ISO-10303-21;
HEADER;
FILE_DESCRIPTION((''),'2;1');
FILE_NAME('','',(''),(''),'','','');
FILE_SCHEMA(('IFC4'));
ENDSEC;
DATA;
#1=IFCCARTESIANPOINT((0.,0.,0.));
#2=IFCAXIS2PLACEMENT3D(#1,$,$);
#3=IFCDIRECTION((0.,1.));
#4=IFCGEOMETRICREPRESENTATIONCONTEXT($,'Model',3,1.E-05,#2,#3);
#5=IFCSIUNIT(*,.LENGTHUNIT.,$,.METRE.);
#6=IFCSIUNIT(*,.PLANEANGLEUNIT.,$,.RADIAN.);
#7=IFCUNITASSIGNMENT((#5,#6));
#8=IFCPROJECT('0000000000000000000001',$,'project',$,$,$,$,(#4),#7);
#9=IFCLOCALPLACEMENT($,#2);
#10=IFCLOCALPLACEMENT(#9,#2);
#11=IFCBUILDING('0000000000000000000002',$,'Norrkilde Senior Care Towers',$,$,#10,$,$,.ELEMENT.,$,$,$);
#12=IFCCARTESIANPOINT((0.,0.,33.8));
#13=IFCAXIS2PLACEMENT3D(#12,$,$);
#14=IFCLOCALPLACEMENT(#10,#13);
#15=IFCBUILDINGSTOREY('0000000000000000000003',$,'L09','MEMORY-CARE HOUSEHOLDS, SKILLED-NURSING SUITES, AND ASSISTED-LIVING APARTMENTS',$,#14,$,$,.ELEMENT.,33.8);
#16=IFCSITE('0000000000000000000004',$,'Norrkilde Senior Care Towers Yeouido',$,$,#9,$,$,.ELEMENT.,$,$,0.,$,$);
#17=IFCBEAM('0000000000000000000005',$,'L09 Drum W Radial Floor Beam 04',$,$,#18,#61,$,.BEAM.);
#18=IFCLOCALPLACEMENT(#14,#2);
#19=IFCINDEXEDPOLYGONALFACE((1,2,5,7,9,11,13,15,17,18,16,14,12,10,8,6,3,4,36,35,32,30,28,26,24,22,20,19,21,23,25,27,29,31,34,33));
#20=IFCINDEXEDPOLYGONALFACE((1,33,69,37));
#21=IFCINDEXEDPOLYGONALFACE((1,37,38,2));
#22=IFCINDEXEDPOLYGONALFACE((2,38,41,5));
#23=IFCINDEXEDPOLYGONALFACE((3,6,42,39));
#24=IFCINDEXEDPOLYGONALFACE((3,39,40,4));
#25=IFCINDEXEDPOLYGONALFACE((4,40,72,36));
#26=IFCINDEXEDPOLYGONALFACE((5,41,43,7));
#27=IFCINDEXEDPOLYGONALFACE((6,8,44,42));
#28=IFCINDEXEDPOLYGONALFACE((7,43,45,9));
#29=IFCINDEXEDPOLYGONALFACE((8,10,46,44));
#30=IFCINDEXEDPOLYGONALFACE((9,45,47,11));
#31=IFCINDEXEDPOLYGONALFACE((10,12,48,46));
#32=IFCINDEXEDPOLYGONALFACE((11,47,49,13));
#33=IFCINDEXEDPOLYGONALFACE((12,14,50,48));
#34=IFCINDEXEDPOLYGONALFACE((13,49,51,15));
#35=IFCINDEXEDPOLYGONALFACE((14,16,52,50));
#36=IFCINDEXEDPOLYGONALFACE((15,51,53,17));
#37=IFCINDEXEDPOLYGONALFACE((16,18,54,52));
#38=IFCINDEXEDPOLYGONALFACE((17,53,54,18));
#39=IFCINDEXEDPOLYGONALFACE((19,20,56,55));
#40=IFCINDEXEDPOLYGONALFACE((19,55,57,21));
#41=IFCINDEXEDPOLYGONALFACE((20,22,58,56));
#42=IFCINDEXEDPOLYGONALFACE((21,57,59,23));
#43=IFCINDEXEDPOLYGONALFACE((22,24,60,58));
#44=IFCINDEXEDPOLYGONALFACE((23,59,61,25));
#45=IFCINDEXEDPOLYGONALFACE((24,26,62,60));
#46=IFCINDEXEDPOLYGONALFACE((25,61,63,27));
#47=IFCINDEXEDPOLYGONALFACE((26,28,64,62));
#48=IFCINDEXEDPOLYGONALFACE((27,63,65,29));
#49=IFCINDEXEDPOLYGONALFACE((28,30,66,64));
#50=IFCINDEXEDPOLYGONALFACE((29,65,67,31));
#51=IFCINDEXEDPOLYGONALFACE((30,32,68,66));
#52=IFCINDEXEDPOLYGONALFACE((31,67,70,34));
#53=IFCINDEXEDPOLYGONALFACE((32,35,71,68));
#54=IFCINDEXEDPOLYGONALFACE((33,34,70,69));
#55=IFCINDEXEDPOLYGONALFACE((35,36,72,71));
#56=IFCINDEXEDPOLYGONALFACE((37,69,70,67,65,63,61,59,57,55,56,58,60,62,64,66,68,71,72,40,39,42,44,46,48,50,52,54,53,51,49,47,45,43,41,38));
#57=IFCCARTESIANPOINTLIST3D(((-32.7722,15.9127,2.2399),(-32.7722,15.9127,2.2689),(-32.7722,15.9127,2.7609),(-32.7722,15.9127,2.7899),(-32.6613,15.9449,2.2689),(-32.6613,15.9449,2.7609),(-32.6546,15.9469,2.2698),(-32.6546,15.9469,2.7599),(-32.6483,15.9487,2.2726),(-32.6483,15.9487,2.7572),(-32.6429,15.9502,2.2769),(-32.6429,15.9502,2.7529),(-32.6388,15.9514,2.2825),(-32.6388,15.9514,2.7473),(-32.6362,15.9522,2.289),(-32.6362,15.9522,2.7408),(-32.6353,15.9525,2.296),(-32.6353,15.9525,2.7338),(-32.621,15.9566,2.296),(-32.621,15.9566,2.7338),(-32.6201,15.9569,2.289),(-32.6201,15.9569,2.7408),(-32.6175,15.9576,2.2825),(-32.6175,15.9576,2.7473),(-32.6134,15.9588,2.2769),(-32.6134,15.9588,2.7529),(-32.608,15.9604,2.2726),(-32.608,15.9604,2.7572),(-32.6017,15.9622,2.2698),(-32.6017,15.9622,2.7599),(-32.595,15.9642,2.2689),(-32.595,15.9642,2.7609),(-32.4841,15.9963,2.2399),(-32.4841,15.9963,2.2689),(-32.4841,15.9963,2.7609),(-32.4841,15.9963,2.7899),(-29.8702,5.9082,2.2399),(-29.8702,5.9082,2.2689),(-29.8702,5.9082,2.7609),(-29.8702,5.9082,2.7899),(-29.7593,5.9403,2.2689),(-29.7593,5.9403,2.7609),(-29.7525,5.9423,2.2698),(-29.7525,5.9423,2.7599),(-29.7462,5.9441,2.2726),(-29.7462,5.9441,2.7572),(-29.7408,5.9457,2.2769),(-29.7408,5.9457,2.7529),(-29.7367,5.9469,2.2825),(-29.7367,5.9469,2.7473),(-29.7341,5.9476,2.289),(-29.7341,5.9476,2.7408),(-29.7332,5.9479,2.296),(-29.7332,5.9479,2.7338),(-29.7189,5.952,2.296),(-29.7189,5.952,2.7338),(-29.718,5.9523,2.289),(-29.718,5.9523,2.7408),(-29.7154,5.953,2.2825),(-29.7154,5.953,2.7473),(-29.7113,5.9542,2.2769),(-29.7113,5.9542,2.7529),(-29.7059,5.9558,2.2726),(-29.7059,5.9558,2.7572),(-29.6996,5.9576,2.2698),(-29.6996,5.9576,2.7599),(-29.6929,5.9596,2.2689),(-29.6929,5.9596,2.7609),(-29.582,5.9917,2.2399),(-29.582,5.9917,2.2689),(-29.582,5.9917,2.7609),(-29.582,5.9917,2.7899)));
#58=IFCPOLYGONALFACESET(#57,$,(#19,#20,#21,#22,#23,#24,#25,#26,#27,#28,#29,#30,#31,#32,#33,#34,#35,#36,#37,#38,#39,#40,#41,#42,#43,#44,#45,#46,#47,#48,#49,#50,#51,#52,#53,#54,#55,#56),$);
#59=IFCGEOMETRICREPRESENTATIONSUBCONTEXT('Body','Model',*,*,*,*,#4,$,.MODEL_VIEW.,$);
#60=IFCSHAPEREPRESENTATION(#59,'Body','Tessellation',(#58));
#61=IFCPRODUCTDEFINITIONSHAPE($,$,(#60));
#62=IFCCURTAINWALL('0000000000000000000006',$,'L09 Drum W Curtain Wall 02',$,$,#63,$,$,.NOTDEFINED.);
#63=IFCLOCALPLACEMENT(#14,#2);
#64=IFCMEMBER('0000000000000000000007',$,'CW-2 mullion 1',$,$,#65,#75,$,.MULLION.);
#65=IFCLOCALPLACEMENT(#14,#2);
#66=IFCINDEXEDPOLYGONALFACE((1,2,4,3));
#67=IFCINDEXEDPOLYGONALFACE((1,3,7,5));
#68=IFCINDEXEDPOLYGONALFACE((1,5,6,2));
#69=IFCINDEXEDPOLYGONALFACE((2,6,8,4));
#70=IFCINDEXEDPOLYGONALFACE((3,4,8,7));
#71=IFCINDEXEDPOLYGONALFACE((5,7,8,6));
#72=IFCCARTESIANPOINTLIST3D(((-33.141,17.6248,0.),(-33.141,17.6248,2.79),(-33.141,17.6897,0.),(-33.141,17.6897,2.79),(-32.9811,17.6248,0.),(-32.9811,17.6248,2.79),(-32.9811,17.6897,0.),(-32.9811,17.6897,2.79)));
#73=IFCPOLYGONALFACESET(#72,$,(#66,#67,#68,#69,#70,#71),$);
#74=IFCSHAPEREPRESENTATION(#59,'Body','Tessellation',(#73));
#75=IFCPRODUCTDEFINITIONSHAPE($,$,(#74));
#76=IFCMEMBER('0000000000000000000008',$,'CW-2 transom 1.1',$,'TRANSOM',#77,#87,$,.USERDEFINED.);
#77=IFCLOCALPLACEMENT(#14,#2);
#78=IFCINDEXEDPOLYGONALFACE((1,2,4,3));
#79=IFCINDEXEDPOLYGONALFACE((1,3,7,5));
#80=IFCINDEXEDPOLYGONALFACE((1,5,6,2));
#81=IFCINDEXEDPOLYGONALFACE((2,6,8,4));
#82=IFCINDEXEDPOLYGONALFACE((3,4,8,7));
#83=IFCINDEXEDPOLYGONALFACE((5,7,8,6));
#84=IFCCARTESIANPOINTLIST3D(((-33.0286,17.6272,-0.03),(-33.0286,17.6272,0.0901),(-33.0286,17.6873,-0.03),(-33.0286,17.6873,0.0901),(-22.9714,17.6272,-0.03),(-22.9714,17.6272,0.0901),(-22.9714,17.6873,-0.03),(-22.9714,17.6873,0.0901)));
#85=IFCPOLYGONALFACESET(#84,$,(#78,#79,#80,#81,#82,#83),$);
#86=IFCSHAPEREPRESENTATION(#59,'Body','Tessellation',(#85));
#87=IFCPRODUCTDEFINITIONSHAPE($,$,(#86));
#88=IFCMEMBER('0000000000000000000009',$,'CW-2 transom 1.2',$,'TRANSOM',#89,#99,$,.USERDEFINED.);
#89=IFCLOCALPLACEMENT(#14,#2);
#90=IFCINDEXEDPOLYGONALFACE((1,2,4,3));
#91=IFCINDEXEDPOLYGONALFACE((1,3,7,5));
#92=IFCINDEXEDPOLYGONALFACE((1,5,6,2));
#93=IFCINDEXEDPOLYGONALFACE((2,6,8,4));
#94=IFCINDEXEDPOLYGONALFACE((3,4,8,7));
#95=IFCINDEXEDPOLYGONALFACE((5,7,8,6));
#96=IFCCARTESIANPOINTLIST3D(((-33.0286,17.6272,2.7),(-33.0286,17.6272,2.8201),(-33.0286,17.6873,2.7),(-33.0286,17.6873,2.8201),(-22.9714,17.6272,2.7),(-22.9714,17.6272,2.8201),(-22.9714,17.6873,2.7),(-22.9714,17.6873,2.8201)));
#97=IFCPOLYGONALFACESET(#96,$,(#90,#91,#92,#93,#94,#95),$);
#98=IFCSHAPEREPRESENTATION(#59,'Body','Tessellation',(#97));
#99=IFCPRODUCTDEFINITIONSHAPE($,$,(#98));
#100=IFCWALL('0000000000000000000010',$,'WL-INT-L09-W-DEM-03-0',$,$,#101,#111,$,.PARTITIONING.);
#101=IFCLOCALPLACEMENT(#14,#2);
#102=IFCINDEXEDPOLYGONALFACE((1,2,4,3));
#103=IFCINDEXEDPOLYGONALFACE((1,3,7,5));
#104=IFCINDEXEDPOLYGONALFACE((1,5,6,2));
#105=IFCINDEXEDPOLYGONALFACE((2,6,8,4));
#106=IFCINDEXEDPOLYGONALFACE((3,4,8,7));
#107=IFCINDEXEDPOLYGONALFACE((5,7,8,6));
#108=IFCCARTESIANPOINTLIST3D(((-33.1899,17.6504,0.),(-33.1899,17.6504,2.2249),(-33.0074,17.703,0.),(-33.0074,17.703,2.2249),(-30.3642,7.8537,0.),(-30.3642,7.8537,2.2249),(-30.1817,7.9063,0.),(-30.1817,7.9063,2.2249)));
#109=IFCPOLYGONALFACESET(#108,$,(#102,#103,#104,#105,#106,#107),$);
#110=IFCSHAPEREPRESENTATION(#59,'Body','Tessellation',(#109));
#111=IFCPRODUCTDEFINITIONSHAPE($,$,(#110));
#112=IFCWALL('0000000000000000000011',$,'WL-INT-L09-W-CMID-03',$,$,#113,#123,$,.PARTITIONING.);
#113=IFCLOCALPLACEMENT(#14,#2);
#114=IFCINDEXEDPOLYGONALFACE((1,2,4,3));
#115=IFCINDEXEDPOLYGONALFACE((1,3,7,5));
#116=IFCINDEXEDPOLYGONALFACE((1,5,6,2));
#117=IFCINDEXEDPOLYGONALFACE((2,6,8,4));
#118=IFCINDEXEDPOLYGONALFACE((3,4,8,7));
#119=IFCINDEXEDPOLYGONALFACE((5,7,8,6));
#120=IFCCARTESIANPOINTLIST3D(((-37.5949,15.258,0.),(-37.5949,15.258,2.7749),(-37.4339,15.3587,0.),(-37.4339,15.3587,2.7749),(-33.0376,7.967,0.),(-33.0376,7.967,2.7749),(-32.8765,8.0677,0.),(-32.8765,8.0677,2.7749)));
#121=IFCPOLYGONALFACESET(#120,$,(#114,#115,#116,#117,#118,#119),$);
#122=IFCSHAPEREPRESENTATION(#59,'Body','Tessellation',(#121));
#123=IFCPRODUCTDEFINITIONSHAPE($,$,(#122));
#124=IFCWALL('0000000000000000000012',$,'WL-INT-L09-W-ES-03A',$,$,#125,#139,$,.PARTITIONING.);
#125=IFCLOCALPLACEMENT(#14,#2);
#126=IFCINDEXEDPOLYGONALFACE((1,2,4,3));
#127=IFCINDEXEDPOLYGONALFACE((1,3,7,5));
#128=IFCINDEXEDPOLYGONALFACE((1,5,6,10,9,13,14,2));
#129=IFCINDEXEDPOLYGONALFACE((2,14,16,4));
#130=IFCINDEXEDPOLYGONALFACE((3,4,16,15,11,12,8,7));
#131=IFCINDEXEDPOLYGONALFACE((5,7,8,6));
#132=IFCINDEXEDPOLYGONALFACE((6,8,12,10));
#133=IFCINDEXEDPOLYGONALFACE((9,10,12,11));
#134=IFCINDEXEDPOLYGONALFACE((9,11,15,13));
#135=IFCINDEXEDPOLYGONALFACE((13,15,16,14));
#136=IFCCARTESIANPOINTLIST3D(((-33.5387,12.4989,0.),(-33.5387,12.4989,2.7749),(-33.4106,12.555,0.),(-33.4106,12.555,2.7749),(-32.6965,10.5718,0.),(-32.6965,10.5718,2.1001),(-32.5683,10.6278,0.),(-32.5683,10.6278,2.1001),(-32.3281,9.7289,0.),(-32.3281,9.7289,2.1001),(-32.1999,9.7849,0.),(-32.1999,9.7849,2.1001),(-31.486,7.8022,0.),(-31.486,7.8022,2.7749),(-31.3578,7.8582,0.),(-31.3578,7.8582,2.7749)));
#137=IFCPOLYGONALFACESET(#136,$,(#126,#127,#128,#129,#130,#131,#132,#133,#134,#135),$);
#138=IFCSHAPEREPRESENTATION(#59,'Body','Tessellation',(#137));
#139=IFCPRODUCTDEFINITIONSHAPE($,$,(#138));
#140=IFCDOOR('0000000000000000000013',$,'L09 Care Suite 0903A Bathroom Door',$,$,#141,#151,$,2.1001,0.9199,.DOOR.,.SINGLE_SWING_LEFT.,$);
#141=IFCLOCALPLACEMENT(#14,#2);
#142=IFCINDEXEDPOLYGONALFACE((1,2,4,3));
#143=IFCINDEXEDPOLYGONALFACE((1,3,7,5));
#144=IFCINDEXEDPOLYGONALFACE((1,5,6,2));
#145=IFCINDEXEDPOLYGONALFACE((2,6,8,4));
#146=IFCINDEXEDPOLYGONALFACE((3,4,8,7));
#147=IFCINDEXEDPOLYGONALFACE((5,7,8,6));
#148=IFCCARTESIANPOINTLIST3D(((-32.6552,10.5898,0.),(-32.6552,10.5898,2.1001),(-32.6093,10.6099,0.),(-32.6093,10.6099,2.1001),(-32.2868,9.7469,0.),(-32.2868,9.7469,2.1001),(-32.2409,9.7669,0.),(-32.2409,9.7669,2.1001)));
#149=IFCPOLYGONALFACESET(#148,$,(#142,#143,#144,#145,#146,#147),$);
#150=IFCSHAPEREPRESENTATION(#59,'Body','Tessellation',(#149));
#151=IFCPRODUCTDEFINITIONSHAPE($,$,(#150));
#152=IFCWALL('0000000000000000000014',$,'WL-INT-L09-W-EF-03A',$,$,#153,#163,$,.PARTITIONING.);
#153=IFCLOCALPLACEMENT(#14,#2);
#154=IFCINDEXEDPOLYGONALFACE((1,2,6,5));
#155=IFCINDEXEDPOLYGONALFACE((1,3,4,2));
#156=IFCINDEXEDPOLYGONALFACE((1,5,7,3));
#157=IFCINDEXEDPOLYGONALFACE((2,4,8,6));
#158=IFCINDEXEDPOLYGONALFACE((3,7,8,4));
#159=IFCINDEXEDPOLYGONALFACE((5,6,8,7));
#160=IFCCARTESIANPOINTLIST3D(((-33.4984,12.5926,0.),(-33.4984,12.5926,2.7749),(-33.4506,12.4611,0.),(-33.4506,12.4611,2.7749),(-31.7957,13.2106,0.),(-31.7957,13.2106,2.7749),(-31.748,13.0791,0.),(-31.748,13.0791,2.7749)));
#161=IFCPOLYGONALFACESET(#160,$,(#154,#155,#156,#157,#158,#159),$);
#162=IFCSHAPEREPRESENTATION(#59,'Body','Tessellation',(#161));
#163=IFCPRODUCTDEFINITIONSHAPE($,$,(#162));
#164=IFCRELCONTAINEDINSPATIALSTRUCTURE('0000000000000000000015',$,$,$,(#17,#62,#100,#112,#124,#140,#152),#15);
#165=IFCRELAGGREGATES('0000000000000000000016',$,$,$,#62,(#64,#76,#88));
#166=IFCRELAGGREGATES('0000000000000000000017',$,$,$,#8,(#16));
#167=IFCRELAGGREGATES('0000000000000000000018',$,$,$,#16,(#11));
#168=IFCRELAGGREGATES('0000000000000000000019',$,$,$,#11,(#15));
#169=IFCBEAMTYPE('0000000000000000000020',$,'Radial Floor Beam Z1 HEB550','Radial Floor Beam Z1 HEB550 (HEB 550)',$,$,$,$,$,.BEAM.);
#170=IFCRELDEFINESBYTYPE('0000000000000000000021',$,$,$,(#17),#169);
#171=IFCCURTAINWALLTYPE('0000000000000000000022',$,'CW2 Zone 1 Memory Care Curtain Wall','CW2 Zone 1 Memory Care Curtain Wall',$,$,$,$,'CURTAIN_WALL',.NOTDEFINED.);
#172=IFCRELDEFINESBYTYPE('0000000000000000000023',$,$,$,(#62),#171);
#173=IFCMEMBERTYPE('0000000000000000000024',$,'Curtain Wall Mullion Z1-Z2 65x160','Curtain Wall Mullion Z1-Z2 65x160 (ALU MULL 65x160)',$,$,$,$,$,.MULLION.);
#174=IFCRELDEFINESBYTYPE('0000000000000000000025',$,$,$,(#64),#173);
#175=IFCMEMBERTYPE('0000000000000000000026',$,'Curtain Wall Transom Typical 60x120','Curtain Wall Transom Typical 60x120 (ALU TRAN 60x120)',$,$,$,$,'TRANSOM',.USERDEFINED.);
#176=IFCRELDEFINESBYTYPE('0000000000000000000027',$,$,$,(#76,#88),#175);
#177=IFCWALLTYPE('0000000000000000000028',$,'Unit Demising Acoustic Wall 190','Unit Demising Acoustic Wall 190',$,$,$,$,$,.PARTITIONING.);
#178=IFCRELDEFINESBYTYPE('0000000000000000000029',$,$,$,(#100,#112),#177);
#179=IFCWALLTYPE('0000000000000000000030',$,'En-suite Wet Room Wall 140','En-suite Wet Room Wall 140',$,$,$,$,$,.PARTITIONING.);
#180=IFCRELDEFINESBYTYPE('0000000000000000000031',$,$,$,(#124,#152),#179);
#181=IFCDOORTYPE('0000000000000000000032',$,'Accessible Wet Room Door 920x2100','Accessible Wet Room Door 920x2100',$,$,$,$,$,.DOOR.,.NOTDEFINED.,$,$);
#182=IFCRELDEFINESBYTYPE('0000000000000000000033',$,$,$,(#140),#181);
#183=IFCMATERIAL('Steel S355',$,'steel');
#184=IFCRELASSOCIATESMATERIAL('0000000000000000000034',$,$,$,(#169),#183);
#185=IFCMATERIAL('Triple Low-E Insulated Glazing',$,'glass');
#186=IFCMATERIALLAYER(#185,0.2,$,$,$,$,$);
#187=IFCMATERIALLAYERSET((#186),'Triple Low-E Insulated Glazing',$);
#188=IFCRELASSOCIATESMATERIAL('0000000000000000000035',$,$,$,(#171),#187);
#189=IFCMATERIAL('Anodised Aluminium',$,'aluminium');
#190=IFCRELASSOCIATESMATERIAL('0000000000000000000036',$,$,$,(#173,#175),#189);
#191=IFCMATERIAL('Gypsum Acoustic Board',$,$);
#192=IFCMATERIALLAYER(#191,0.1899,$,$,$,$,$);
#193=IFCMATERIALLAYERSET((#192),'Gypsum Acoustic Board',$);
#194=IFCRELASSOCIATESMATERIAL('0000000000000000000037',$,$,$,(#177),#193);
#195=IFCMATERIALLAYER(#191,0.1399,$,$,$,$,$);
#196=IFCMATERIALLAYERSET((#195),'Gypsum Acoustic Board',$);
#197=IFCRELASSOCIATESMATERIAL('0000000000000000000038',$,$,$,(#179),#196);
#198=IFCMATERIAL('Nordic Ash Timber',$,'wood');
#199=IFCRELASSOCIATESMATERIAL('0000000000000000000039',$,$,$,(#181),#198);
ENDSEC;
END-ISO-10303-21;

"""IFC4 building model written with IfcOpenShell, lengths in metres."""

from ifc_helpers import new_model, si_unit, direction, frame, frame_2d, origin, origin_2d, place, context, subcontext, project, spatial, rectangle, i_section, extrude, source, transform, mapped, material, layer, layer_set, material_profile, profile_set, type_object, type_shapes, element, fill, aggregate, save


model = new_model("IFC4")

# Units and contexts
model_context = context("Model", 3, precision=1e-05, world=origin(), true_north=direction((0.0, 1.0)))
body_context = subcontext(model_context, "Body", "Model", "MODEL_VIEW")
ifc_project = project(units=[si_unit("LENGTHUNIT", "METRE"), si_unit("PLANEANGLEUNIT", "RADIAN")], contexts=[model_context])

# Site, building, storey
site_placement = place(None, origin())
site = spatial("IfcSite", under=ifc_project, at=site_placement, Name="Norrkilde Senior Care Towers Yeouido", CompositionType="ELEMENT", RefElevation=0.0)
building_placement = place(site_placement, origin())
building = spatial("IfcBuilding", under=site, at=building_placement, Name="Norrkilde Senior Care Towers", CompositionType="ELEMENT")
storey_placement = place(building_placement, frame((0.0, 0.0, 33.8)))
storey = spatial("IfcBuildingStorey", under=building, at=storey_placement, Name="L09", Description="MEMORY-CARE HOUSEHOLDS, SKILLED-NURSING SUITES, AND ASSISTED-LIVING APARTMENTS", CompositionType="ELEMENT", Elevation=33.8)

# Beam
ifc_material_1 = material(Name="Steel S355", Category="steel")
ifc_material_profile_1 = material_profile(ifc_material_1, i_section(OverallWidth=0.3, OverallDepth=0.55, WebThickness=0.0149, FlangeThickness=0.0291, FilletRadius=0.0271, at=origin_2d()), Name="HEB 550")
ifc_profile_set_1 = profile_set([ifc_material_profile_1], Name="Steel S355")
beam_type_1 = type_object("IfcBeamType", Name="Radial Floor Beam Z1 HEB550", Description="Radial Floor Beam Z1 HEB550 (HEB 550)", PredefinedType="BEAM", material=ifc_profile_set_1)
shared_shape_1 = source(origin(), body_context, "Body", "SweptSolid", [
    extrude(i_section(OverallWidth=0.3, OverallDepth=0.55, WebThickness=0.0149, FlangeThickness=0.0291, FilletRadius=0.0271, at=origin_2d()), origin(), (0.0, 0.0, 1.0), 10.417),
])
beam_1_placement = place(storey_placement, frame((-29.7261, 5.95, 2.5149), z_axis=(-0.278591, 0.96041, 0.0), x_axis=(-0.96041, -0.278591, 0.0)))
element("IfcBeam", 1, at=beam_1_placement, inside=storey, type_object=beam_type_1, Name="L09 Drum W Radial Floor Beam 04", PredefinedType="BEAM", context=body_context, shape_type="MappedRepresentation", body=[
    mapped(shared_shape_1, transform((0.0, 0.0, 0.0), x_axis=(1.0, 0.0, 0.0), y_axis=(0.0, 1.0, 0.0), z_axis=(0.0, 0.0, 1.0), scale=1.0)),
])

# Curtain wall, members
ifc_material_2 = material(Name="Triple Low-E Insulated Glazing", Category="glass")
ifc_layer_1 = layer(ifc_material_2, 0.2)
ifc_layer_set_1 = layer_set([ifc_layer_1], Name="Triple Low-E Insulated Glazing")
curtain_wall_type = type_object("IfcCurtainWallType", Name="CW2 Zone 1 Memory Care Curtain Wall", Description="CW2 Zone 1 Memory Care Curtain Wall", ElementType="CURTAIN_WALL", PredefinedType="NOTDEFINED", material=ifc_layer_set_1)
curtain_wall_placement = place(storey_placement, origin())
curtain_wall = element("IfcCurtainWall", 2, at=curtain_wall_placement, inside=storey, type_object=curtain_wall_type, Name="L09 Drum W Curtain Wall 02", PredefinedType="NOTDEFINED")
ifc_material_3 = material(Name="Anodised Aluminium", Category="aluminium")
ifc_material_profile_2 = material_profile(ifc_material_3, rectangle(XDim=0.0649, YDim=0.1599, at=origin_2d()), Name="ALU MULL 65x160")
ifc_profile_set_2 = profile_set([ifc_material_profile_2], Name="Anodised Aluminium")
member_type_1 = type_object("IfcMemberType", Name="Curtain Wall Mullion Z1-Z2 65x160", Description="Curtain Wall Mullion Z1-Z2 65x160 (ALU MULL 65x160)", PredefinedType="MULLION", material=ifc_profile_set_2)
shared_shape_2 = source(origin(), body_context, "Body", "SweptSolid", [
    extrude(rectangle(XDim=0.0649, YDim=0.1599, at=origin_2d()), origin(), (0.0, 0.0, 1.0), 2.79),
])
type_shapes(member_type_1, [shared_shape_2])
member_1_placement = place(storey_placement, frame((-33.061, 17.6572, 0.0), z_axis=(0.0, 0.0, 1.0), x_axis=(0.0, 1.0, 0.0)))
member_1 = element("IfcMember", 3, at=member_1_placement, type_object=member_type_1, Name="CW-2 mullion 1", PredefinedType="MULLION", context=body_context, shape_type="MappedRepresentation", body=[
    mapped(shared_shape_2, transform((0.0, 0.0, 0.0), x_axis=(1.0, 0.0, 0.0), y_axis=(0.0, 1.0, 0.0), z_axis=(0.0, 0.0, 1.0), scale=1.0)),
])
ifc_material_profile_3 = material_profile(ifc_material_3, rectangle(XDim=0.0601, YDim=0.1201, at=origin_2d()), Name="ALU TRAN 60x120")
ifc_profile_set_3 = profile_set([ifc_material_profile_3], Name="Anodised Aluminium")
member_type_2 = type_object("IfcMemberType", Name="Curtain Wall Transom Typical 60x120", Description="Curtain Wall Transom Typical 60x120 (ALU TRAN 60x120)", ElementType="TRANSOM", PredefinedType="USERDEFINED", material=ifc_profile_set_3)
shared_shape_3 = source(origin(), body_context, "Body", "SweptSolid", [
    extrude(rectangle(XDim=0.0601, YDim=0.1201, at=origin_2d()), origin(), (0.0, 0.0, 1.0), 10.0571),
])
type_shapes(member_type_2, [shared_shape_3])
member_2_placement = place(storey_placement, frame((-33.0286, 17.6572, 0.03), z_axis=(1.0, 0.0, 0.0), x_axis=(0.0, 1.0, 0.0)))
member_2 = element("IfcMember", 4, at=member_2_placement, type_object=member_type_2, Name="CW-2 transom 1.1", ObjectType="TRANSOM", PredefinedType="USERDEFINED", context=body_context, shape_type="MappedRepresentation", body=[
    mapped(shared_shape_3, transform((0.0, 0.0, 0.0), x_axis=(1.0, 0.0, 0.0), y_axis=(0.0, 1.0, 0.0), z_axis=(0.0, 0.0, 1.0), scale=1.0)),
])
member_3_placement = place(storey_placement, frame((-33.0286, 17.6572, 2.76), z_axis=(1.0, 0.0, 0.0), x_axis=(0.0, 1.0, 0.0)))
member_3 = element("IfcMember", 5, at=member_3_placement, type_object=member_type_2, Name="CW-2 transom 1.2", ObjectType="TRANSOM", PredefinedType="USERDEFINED", context=body_context, shape_type="MappedRepresentation", body=[
    mapped(shared_shape_3, transform((0.0, 0.0, 0.0), x_axis=(1.0, 0.0, 0.0), y_axis=(0.0, 1.0, 0.0), z_axis=(0.0, 0.0, 1.0), scale=1.0)),
])
aggregate(curtain_wall, [member_1, member_2, member_3])

# Walls
ifc_material_4 = material(Name="Gypsum Acoustic Board")
ifc_layer_2 = layer(ifc_material_4, 0.1899)
ifc_layer_set_2 = layer_set([ifc_layer_2], Name="Gypsum Acoustic Board")
wall_type_1 = type_object("IfcWallType", Name="Unit Demising Acoustic Wall 190", Description="Unit Demising Acoustic Wall 190", PredefinedType="PARTITIONING", material=ifc_layer_set_2)
shared_shape_4 = source(origin(), body_context, "Body", "SweptSolid", [
    extrude(rectangle(XDim=10.196, YDim=0.1899, at=frame_2d((5.0981, 0.0))), origin(), (0.0, 0.0, 1.0), 2.2249),
])
wall_1_placement = place(storey_placement, frame((-30.2729, 7.8799, 0.0), z_axis=(0.0, 0.0, 1.0), x_axis=(-0.277136, 0.960831, 0.0)))
element("IfcWall", 6, at=wall_1_placement, inside=storey, type_object=wall_type_1, Name="WL-INT-L09-W-DEM-03-0", PredefinedType="PARTITIONING", context=body_context, shape_type="MappedRepresentation", body=[
    mapped(shared_shape_4, transform((0.0, 0.0, 0.0), x_axis=(1.0, 0.0, 0.0), y_axis=(0.0, 1.0, 0.0), z_axis=(0.0, 0.0, 1.0), scale=1.0)),
])
shared_shape_5 = source(origin(), body_context, "Body", "SweptSolid", [
    extrude(rectangle(XDim=8.5981, YDim=0.1899, at=frame_2d((4.2991, 0.0))), origin(), (0.0, 0.0, 1.0), 2.7749),
])
type_shapes(wall_type_1, [shared_shape_4, shared_shape_5])
wall_2_placement = place(storey_placement, frame((-32.957, 8.0173, 0.0), z_axis=(0.0, 0.0, 1.0), x_axis=(-0.53004, 0.847973, 0.0)))
element("IfcWall", 7, at=wall_2_placement, inside=storey, type_object=wall_type_1, Name="WL-INT-L09-W-CMID-03", PredefinedType="PARTITIONING", context=body_context, shape_type="MappedRepresentation", body=[
    mapped(shared_shape_5, transform((0.0, 0.0, 0.0), x_axis=(1.0, 0.0, 0.0), y_axis=(0.0, 1.0, 0.0), z_axis=(0.0, 0.0, 1.0), scale=1.0)),
])

# Wall, opening, door
ifc_layer_3 = layer(ifc_material_4, 0.1399)
ifc_layer_set_3 = layer_set([ifc_layer_3], Name="Gypsum Acoustic Board")
wall_type_2 = type_object("IfcWallType", Name="En-suite Wet Room Wall 140", Description="En-suite Wet Room Wall 140", PredefinedType="PARTITIONING", material=ifc_layer_set_3)
shared_shape_6 = source(origin(), body_context, "Body", "SweptSolid", [
    extrude(rectangle(XDim=5.1257, YDim=0.1399, at=frame_2d((2.563, 0.0))), origin(), (0.0, 0.0, 1.0), 2.7749),
])
wall_3_placement = place(storey_placement, frame((-31.4219, 7.8301, 0.0), z_axis=(0.0, 0.0, 1.0), x_axis=(-0.400474, 0.916308, 0.0)))
wall_3 = element("IfcWall", 8, at=wall_3_placement, inside=storey, type_object=wall_type_2, Name="WL-INT-L09-W-ES-03A", PredefinedType="PARTITIONING", context=body_context, shape_type="MappedRepresentation", body=[
    mapped(shared_shape_6, transform((0.0, 0.0, 0.0), x_axis=(1.0, 0.0, 0.0), y_axis=(0.0, 1.0, 0.0), z_axis=(0.0, 0.0, 1.0), scale=1.0)),
])
opening_placement = place(wall_3_placement, frame((2.1028, 0.0, 0.0)))
opening = element("IfcOpeningElement", 9, at=opening_placement, cuts=wall_3, PredefinedType="OPENING", context=body_context, shape_type="SweptSolid", body=[
    extrude(rectangle(XDim=0.9199, YDim=2.1001, at=frame_2d((0.46, 1.05))), frame((0.0, 0.0798, 0.0), z_axis=(0.0, -1.0, 0.0), x_axis=(1.0, 0.0, 0.0)), (0.0, 0.0, 1.0), 0.1599),
])
ifc_material_5 = material(Name="Nordic Ash Timber", Category="wood")
door_type = type_object("IfcDoorType", Name="Accessible Wet Room Door 920x2100", Description="Accessible Wet Room Door 920x2100", OperationType="NOTDEFINED", PredefinedType="DOOR", material=ifc_material_5)
shared_shape_7 = source(origin(), body_context, "Body", "SweptSolid", [
    extrude(rectangle(XDim=0.9199, YDim=2.1001, at=frame_2d((0.46, 1.05))), frame((0.0, 0.0249, 0.0), z_axis=(0.0, -1.0, 0.0), x_axis=(1.0, 0.0, 0.0)), (0.0, 0.0, 1.0), 0.05),
])
type_shapes(door_type, [shared_shape_7])
door_placement = place(opening_placement, origin())
door = element("IfcDoor", 10, at=door_placement, inside=storey, type_object=door_type, Name="L09 Care Suite 0903A Bathroom Door", OperationType="SINGLE_SWING_LEFT", OverallHeight=2.1001, OverallWidth=0.9199, PredefinedType="DOOR", context=body_context, shape_type="MappedRepresentation", body=[
    mapped(shared_shape_7, transform((0.0, 0.0, 0.0), x_axis=(1.0, 0.0, 0.0), y_axis=(0.0, 1.0, 0.0), z_axis=(0.0, 0.0, 1.0), scale=1.0)),
])
fill(opening, door)

# Wall
shared_shape_8 = source(origin(), body_context, "Body", "SweptSolid", [
    extrude(rectangle(XDim=1.8113, YDim=0.1399, at=frame_2d((0.9058, 0.0))), origin(), (0.0, 0.0, 1.0), 2.7749),
])
type_shapes(wall_type_2, [shared_shape_6, shared_shape_8])
wall_4_placement = place(storey_placement, frame((-33.4746, 12.5269, 0.0), z_axis=(0.0, 0.0, 1.0), x_axis=(0.94001, 0.341148, 0.0)))
element("IfcWall", 11, at=wall_4_placement, inside=storey, type_object=wall_type_2, Name="WL-INT-L09-W-EF-03A", PredefinedType="PARTITIONING", context=body_context, shape_type="MappedRepresentation", body=[
    mapped(shared_shape_8, transform((0.0, 0.0, 0.0), x_axis=(1.0, 0.0, 0.0), y_axis=(0.0, 1.0, 0.0), z_axis=(0.0, 0.0, 1.0), scale=1.0)),
])

save(model, "model.ifc")
